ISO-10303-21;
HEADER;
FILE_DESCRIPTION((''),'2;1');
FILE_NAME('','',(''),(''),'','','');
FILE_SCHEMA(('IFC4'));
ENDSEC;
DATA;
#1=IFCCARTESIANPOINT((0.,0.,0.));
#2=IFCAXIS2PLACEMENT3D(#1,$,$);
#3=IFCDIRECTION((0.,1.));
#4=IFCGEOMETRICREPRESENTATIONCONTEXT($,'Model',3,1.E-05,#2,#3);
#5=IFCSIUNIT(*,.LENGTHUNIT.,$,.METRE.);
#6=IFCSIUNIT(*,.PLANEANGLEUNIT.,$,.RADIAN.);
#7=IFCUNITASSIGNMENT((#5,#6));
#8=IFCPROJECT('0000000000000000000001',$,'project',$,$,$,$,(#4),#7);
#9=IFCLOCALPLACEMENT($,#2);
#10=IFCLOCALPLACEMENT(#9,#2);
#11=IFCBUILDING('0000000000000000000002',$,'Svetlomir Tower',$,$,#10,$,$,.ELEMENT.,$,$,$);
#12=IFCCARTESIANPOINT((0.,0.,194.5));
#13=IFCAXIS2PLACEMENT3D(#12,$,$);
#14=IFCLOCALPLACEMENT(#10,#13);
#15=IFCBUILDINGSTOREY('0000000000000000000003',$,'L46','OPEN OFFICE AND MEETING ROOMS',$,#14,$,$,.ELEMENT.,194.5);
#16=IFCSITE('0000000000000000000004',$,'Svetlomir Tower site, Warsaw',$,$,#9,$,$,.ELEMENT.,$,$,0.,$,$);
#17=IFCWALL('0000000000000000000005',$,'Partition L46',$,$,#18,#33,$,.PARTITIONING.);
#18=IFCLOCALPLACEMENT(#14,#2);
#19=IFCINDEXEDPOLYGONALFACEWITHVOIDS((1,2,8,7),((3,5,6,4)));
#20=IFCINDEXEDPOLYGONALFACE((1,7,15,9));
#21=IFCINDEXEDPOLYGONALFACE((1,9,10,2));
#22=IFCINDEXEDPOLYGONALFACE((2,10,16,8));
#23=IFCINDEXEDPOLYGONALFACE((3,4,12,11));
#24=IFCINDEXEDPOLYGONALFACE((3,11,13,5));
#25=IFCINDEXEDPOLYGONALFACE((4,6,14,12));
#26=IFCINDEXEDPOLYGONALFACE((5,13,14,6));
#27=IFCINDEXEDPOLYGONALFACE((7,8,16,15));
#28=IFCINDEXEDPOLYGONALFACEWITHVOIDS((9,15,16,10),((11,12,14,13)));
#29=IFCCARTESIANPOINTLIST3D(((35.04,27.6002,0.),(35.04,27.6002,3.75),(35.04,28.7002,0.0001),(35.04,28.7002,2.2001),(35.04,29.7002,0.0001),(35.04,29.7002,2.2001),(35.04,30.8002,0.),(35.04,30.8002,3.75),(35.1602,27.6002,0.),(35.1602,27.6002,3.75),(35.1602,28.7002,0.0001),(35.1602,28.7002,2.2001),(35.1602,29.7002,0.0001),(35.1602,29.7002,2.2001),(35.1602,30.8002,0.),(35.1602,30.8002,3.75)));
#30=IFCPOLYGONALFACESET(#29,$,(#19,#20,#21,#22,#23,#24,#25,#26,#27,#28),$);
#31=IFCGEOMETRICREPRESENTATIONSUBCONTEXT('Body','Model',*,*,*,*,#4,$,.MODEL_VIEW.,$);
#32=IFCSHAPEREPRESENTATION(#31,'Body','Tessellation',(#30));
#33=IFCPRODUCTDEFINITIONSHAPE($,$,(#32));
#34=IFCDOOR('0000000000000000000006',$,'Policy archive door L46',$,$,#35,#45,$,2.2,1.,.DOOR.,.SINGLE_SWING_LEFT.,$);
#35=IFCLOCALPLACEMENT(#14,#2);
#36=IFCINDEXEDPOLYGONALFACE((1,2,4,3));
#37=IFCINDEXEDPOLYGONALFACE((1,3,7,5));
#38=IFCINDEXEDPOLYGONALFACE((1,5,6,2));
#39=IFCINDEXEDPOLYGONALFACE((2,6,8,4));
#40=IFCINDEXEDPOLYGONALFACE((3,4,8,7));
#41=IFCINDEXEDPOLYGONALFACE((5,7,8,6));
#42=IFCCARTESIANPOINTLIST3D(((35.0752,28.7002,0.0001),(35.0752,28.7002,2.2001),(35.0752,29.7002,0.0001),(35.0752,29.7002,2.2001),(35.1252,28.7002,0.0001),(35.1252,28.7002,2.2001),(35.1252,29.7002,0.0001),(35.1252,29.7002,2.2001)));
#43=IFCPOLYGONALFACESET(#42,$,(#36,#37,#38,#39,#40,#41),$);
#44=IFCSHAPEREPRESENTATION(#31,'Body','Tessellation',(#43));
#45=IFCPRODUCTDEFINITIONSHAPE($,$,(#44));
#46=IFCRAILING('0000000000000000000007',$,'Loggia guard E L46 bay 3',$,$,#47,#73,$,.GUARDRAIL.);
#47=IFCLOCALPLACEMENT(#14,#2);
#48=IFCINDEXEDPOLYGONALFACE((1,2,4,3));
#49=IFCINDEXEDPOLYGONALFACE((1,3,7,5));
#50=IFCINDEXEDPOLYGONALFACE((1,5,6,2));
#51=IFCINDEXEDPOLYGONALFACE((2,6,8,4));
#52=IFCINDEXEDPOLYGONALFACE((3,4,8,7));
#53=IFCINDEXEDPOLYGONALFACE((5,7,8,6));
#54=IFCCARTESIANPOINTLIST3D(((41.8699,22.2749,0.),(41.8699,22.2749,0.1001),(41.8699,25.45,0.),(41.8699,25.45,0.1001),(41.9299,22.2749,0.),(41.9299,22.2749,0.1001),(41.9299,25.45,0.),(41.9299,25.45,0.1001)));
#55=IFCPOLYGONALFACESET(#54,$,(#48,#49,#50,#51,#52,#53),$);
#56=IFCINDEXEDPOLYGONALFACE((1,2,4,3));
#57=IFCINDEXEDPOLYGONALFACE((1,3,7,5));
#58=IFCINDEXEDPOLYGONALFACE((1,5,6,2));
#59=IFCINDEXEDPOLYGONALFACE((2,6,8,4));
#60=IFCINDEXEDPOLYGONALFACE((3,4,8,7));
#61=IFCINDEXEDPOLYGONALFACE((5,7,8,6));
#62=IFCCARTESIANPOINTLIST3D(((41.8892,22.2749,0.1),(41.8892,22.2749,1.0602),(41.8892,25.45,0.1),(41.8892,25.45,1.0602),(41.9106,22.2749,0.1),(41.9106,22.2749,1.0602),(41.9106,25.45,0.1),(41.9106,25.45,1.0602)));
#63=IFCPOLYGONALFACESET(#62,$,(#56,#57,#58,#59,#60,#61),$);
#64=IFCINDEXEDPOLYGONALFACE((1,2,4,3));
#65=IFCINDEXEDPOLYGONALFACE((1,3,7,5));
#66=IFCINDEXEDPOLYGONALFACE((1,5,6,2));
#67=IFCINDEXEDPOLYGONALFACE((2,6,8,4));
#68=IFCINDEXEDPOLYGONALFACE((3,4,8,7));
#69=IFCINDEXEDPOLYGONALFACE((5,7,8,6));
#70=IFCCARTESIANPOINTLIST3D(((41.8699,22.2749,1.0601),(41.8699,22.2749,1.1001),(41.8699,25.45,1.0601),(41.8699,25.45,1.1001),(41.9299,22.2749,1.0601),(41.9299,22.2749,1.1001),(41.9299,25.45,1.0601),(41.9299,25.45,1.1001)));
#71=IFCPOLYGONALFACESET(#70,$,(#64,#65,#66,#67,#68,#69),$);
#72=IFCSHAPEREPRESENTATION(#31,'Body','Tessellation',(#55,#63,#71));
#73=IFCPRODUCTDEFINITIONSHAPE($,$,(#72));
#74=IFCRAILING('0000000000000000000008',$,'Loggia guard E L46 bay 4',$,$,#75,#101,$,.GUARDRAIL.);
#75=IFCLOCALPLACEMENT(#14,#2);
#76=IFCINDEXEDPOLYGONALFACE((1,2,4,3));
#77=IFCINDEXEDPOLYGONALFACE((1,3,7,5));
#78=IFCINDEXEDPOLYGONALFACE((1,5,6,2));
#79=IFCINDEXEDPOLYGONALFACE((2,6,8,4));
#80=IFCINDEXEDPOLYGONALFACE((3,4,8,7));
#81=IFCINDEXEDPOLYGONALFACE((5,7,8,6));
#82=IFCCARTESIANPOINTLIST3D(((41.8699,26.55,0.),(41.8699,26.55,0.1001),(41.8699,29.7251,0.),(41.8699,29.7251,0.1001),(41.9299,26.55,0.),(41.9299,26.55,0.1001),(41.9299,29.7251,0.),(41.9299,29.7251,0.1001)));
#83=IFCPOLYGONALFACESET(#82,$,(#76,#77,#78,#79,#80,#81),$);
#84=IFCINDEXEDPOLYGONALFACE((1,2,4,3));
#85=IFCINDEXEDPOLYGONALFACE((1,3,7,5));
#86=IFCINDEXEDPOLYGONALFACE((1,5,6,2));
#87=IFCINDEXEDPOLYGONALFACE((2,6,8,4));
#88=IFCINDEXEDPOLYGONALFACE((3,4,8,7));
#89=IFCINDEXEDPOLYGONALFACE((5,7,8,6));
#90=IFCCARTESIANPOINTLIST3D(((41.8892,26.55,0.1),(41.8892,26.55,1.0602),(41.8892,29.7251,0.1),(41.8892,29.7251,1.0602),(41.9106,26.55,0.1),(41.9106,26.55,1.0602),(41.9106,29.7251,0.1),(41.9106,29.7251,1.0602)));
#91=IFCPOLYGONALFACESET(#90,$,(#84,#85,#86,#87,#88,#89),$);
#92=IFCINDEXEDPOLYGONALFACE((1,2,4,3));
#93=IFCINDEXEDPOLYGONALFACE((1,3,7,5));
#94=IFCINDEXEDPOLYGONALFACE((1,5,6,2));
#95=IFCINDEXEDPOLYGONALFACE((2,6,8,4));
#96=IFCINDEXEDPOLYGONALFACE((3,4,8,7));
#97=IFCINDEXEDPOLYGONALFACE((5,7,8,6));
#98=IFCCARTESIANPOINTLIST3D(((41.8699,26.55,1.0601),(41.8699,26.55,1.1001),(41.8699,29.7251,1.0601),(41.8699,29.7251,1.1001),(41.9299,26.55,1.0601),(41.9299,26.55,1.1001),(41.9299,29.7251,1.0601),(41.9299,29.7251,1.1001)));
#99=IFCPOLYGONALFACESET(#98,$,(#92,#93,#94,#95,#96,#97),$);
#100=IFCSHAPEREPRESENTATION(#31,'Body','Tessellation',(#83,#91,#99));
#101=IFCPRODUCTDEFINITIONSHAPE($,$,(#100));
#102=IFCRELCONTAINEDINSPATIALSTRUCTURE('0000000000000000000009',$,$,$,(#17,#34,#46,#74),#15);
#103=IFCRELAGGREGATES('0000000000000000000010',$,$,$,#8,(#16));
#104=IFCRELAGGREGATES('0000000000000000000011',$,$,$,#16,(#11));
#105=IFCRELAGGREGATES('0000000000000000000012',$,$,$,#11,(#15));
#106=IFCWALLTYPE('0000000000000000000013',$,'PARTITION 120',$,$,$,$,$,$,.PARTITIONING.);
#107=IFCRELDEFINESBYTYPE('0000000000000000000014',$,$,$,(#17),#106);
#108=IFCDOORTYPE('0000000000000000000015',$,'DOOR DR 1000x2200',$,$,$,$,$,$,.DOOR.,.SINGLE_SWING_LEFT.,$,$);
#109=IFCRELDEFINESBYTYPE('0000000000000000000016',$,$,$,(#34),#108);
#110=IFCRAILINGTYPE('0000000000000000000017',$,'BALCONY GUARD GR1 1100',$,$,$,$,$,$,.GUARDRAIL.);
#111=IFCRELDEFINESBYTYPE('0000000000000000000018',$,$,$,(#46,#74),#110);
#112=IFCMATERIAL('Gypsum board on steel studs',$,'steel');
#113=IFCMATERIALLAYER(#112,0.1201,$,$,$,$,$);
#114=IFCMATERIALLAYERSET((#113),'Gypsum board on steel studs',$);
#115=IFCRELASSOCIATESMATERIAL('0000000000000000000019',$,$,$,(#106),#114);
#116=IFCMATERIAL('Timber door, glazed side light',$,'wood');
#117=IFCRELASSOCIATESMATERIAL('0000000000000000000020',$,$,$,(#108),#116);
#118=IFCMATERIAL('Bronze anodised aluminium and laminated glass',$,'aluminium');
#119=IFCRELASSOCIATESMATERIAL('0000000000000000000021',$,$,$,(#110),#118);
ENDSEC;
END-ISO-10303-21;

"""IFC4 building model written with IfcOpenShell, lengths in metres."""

from ifc_helpers import new_model, si_unit, direction, frame, frame_2d, origin, origin_2d, place, context, subcontext, project, spatial, rectangle, extrude, material, layer, layer_set, type_object, element, fill, save


model = new_model("IFC4")

# Units and contexts
model_context = context("Model", 3, precision=1e-05, world=origin(), true_north=direction((0.0, 1.0)))
body_context = subcontext(model_context, "Body", "Model", "MODEL_VIEW")
ifc_project = project(units=[si_unit("LENGTHUNIT", "METRE"), si_unit("PLANEANGLEUNIT", "RADIAN")], contexts=[model_context])

# Site, building, storey
site_placement = place(None, origin())
site = spatial("IfcSite", under=ifc_project, at=site_placement, Name="Svetlomir Tower site, Warsaw", CompositionType="ELEMENT", RefElevation=0.0)
building_placement = place(site_placement, origin())
building = spatial("IfcBuilding", under=site, at=building_placement, Name="Svetlomir Tower", CompositionType="ELEMENT")
storey_placement = place(building_placement, frame((0.0, 0.0, 194.5)))
storey = spatial("IfcBuildingStorey", under=building, at=storey_placement, Name="L46", Description="OPEN OFFICE AND MEETING ROOMS", CompositionType="ELEMENT", Elevation=194.5)

# Shared definitions
ifc_material_1 = material(Name="Gypsum board on steel studs", Category="steel")
ifc_layer_1 = layer(ifc_material_1, 0.1201)
ifc_layer_set_1 = layer_set([ifc_layer_1], Name="Gypsum board on steel studs")
wall_type_1 = type_object("IfcWallType", Name="PARTITION 120", PredefinedType="PARTITIONING", material=ifc_layer_set_1)

# Wall, opening, door
wall_1_placement = place(storey_placement, frame((35.1001, 27.6001, 0.0), z_axis=(0.0, 0.0, 1.0), x_axis=(0.0, 1.0, 0.0)))
wall_1 = element("IfcWall", 1, at=wall_1_placement, inside=storey, type_object=wall_type_1, Name="Partition L46", PredefinedType="PARTITIONING", context=body_context, shape_type="SweptSolid", body=[
    extrude(rectangle(XDim=3.2, YDim=0.1201, at=frame_2d((1.6001, 0.0))), origin(), (0.0, 0.0, 1.0), 3.75),
])
opening_1_placement = place(wall_1_placement, frame((1.1001, 0.0, 0.0)))
opening_1 = element("IfcOpeningElement", 2, at=opening_1_placement, cuts=wall_1, PredefinedType="OPENING", context=body_context, shape_type="SweptSolid", body=[
    extrude(rectangle(XDim=1.0, YDim=2.2, at=frame_2d((0.5, 1.1001))), frame((0.0, 0.0701, 0.0), z_axis=(0.0, -1.0, 0.0), x_axis=(1.0, 0.0, 0.0)), (0.0, 0.0, 1.0), 0.1401),
])
ifc_material_2 = material(Name="Timber door, glazed side light", Category="wood")
door_type_1 = type_object("IfcDoorType", Name="DOOR DR 1000x2200", OperationType="SINGLE_SWING_LEFT", PredefinedType="DOOR", material=ifc_material_2)
door_1_placement = place(opening_1_placement, origin())
door_1 = element("IfcDoor", 3, at=door_1_placement, inside=storey, type_object=door_type_1, Name="Policy archive door L46", OperationType="SINGLE_SWING_LEFT", OverallHeight=2.2, OverallWidth=1.0, PredefinedType="DOOR", context=body_context, shape_type="SweptSolid", body=[
    extrude(rectangle(XDim=1.0, YDim=2.2, at=frame_2d((0.5, 1.1001))), frame((0.0, 0.0249, 0.0), z_axis=(0.0, -1.0, 0.0), x_axis=(1.0, 0.0, 0.0)), (0.0, 0.0, 1.0), 0.05),
])
fill(opening_1, door_1)

# Railings
ifc_material_3 = material(Name="Bronze anodised aluminium and laminated glass", Category="aluminium")
railing_type = type_object("IfcRailingType", Name="BALCONY GUARD GR1 1100", PredefinedType="GUARDRAIL", material=ifc_material_3)
for number, where, name in (
    (4, (41.8999, 22.2749, 0.0), "Loggia guard E L46 bay 3"),
    (5, (41.8999, 26.55, 0.0), "Loggia guard E L46 bay 4"),
):
    element("IfcRailing", number, at=place(storey_placement, frame(where)), inside=storey, type_object=railing_type, Name=name, PredefinedType="GUARDRAIL", context=body_context, shape_type="SweptSolid", body=[
        extrude(rectangle(XDim=0.0601, YDim=0.1001, at=origin_2d()), frame((0.0, 0.0, 0.05), z_axis=(0.0, 1.0, 0.0), x_axis=(-1.0, 0.0, 0.0)), (0.0, 0.0, 1.0), 3.175),
        extrude(rectangle(XDim=0.0215, YDim=0.9602, at=origin_2d()), frame((0.0, 0.0, 0.5801), z_axis=(0.0, 1.0, 0.0), x_axis=(-1.0, 0.0, 0.0)), (0.0, 0.0, 1.0), 3.175),
        extrude(rectangle(XDim=0.0601, YDim=0.04, at=origin_2d()), frame((0.0, 0.0, 1.0801), z_axis=(0.0, 1.0, 0.0), x_axis=(-1.0, 0.0, 0.0)), (0.0, 0.0, 1.0), 3.175),
    ])

save(model, "model.ifc")
